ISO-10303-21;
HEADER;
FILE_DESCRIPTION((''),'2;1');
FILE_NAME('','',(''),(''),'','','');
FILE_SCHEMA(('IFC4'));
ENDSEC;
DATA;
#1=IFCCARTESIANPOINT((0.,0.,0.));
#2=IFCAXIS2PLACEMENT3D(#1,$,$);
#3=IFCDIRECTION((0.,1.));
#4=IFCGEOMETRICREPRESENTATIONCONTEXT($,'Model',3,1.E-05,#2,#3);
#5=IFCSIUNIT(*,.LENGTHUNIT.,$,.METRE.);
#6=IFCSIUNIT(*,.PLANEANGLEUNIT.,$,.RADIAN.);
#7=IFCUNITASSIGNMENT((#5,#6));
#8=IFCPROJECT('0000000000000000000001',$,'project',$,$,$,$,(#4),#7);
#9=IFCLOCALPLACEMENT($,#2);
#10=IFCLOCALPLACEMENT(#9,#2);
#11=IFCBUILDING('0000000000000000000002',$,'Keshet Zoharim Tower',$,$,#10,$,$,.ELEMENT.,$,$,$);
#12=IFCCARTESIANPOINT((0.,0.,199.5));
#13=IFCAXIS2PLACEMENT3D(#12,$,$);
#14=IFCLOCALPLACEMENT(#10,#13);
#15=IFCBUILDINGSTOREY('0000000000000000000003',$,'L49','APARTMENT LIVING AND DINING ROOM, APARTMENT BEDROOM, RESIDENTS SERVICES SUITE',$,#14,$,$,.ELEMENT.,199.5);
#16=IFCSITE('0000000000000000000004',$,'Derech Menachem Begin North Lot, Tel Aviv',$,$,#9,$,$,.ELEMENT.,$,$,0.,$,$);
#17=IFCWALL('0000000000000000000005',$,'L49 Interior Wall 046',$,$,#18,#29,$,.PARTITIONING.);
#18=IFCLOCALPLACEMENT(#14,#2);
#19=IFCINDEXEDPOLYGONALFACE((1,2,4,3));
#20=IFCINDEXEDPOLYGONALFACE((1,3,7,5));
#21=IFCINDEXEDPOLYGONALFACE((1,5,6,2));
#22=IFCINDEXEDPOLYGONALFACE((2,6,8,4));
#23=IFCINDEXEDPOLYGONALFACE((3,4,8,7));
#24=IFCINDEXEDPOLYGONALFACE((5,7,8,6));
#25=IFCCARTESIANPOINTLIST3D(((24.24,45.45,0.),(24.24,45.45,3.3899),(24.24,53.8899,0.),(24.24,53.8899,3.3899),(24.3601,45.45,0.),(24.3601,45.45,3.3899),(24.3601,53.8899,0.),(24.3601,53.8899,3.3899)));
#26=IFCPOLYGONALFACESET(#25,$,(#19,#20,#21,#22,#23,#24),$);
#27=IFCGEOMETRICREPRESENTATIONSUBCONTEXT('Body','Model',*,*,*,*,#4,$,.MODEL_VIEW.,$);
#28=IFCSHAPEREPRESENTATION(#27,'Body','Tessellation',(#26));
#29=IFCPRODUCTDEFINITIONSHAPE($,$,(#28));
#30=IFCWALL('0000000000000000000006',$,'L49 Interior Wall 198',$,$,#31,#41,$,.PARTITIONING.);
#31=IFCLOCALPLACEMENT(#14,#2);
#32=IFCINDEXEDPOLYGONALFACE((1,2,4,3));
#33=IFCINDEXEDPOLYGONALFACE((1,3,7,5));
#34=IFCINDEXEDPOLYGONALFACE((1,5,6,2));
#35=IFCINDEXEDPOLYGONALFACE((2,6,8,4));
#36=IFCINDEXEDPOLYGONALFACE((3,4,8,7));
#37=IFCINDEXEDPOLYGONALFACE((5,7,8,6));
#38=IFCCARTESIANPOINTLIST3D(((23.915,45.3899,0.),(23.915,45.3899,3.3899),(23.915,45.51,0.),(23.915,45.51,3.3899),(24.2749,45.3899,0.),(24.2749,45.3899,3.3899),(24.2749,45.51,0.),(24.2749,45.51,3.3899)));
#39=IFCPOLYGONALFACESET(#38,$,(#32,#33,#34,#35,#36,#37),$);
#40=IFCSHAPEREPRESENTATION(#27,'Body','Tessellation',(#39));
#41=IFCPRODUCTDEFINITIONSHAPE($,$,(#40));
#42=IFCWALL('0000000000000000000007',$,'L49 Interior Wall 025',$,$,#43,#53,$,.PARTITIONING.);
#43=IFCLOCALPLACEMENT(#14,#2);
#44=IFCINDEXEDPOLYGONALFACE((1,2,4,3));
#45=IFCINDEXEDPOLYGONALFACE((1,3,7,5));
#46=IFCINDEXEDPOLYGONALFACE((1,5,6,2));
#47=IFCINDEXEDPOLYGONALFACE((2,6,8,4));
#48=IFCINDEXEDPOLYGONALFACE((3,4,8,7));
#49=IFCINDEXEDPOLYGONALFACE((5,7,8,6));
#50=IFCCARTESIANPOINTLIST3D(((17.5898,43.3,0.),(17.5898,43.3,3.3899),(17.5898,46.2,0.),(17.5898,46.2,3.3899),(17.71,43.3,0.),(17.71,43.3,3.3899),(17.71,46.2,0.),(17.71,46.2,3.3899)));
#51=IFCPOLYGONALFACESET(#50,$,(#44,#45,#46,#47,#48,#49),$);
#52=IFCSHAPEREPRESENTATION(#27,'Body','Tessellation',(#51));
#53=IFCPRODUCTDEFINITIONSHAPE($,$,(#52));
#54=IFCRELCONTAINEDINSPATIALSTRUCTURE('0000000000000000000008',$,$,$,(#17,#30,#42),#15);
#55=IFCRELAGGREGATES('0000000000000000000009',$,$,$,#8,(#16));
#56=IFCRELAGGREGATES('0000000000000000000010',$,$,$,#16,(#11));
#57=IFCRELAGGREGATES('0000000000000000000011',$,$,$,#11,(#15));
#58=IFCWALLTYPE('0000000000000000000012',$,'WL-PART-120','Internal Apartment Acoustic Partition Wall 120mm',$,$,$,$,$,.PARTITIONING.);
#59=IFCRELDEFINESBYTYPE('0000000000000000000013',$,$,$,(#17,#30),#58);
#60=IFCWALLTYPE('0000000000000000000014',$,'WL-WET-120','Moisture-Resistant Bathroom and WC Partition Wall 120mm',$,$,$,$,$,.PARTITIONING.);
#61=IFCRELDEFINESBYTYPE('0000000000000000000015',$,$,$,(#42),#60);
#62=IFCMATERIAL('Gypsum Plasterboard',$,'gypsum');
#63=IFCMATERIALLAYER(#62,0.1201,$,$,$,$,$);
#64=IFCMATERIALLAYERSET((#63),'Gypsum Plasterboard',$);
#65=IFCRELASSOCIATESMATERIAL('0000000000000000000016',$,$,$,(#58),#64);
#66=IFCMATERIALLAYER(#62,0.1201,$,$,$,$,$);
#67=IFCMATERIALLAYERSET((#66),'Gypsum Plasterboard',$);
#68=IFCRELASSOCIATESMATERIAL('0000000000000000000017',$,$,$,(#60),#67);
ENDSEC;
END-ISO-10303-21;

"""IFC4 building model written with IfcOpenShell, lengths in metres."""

from ifc_helpers import new_model, si_unit, direction, frame, frame_2d, origin, place, context, subcontext, project, spatial, rectangle, extrude, material, layer, layer_set, type_object, element, save


model = new_model("IFC4")

# Units and contexts
model_context = context("Model", 3, precision=1e-05, world=origin(), true_north=direction((0.0, 1.0)))
body_context = subcontext(model_context, "Body", "Model", "MODEL_VIEW")
ifc_project = project(units=[si_unit("LENGTHUNIT", "METRE"), si_unit("PLANEANGLEUNIT", "RADIAN")], contexts=[model_context])

# Site, building, storey
site_placement = place(None, origin())
site = spatial("IfcSite", under=ifc_project, at=site_placement, Name="Derech Menachem Begin North Lot, Tel Aviv", CompositionType="ELEMENT", RefElevation=0.0)
building_placement = place(site_placement, origin())
building = spatial("IfcBuilding", under=site, at=building_placement, Name="Keshet Zoharim Tower", CompositionType="ELEMENT")
storey_placement = place(building_placement, frame((0.0, 0.0, 199.5)))
storey = spatial("IfcBuildingStorey", under=building, at=storey_placement, Name="L49", Description="APARTMENT LIVING AND DINING ROOM, APARTMENT BEDROOM, RESIDENTS SERVICES SUITE", CompositionType="ELEMENT", Elevation=199.5)

# Shared definitions
ifc_material_1 = material(Name="Gypsum Plasterboard", Category="gypsum")

# Wall
ifc_layer_1 = layer(ifc_material_1, 0.1201)
ifc_layer_set_1 = layer_set([ifc_layer_1], Name="Gypsum Plasterboard")
wall_type_1 = type_object("IfcWallType", Name="WL-PART-120", Description="Internal Apartment Acoustic Partition Wall 120mm", PredefinedType="PARTITIONING", material=ifc_layer_set_1)
wall_1_placement = place(storey_placement, frame((24.3, 45.45, 0.0), z_axis=(0.0, 0.0, 1.0), x_axis=(0.0, 1.0, 0.0)))
element("IfcWall", 1, at=wall_1_placement, inside=storey, type_object=wall_type_1, Name="L49 Interior Wall 046", PredefinedType="PARTITIONING", context=body_context, shape_type="SweptSolid", body=[
    extrude(rectangle(XDim=8.4399, YDim=0.1201, at=frame_2d((4.22, 0.0))), origin(), (0.0, 0.0, 1.0), 3.3899),
])

# Wall
wall_2_placement = place(storey_placement, frame((23.915, 45.45, 0.0), z_axis=(0.0, 0.0, 1.0), x_axis=(1.0, 0.0, 0.0)))
element("IfcWall", 2, at=wall_2_placement, inside=storey, type_object=wall_type_1, Name="L49 Interior Wall 198", PredefinedType="PARTITIONING", context=body_context, shape_type="SweptSolid", body=[
    extrude(rectangle(XDim=0.3599, YDim=0.1201, at=frame_2d((0.1799, 0.0))), origin(), (0.0, 0.0, 1.0), 3.3899),
])

# Wall
ifc_layer_2 = layer(ifc_material_1, 0.1201)
ifc_layer_set_2 = layer_set([ifc_layer_2], Name="Gypsum Plasterboard")
wall_type_2 = type_object("IfcWallType", Name="WL-WET-120", Description="Moisture-Resistant Bathroom and WC Partition Wall 120mm", PredefinedType="PARTITIONING", material=ifc_layer_set_2)
wall_3_placement = place(storey_placement, frame((17.6499, 43.3, 0.0), z_axis=(0.0, 0.0, 1.0), x_axis=(0.0, 1.0, 0.0)))
element("IfcWall", 3, at=wall_3_placement, inside=storey, type_object=wall_type_2, Name="L49 Interior Wall 025", PredefinedType="PARTITIONING", context=body_context, shape_type="SweptSolid", body=[
    extrude(rectangle(XDim=2.8999, YDim=0.1201, at=frame_2d((1.45, 0.0))), origin(), (0.0, 0.0, 1.0), 3.3899),
])

save(model, "model.ifc")
